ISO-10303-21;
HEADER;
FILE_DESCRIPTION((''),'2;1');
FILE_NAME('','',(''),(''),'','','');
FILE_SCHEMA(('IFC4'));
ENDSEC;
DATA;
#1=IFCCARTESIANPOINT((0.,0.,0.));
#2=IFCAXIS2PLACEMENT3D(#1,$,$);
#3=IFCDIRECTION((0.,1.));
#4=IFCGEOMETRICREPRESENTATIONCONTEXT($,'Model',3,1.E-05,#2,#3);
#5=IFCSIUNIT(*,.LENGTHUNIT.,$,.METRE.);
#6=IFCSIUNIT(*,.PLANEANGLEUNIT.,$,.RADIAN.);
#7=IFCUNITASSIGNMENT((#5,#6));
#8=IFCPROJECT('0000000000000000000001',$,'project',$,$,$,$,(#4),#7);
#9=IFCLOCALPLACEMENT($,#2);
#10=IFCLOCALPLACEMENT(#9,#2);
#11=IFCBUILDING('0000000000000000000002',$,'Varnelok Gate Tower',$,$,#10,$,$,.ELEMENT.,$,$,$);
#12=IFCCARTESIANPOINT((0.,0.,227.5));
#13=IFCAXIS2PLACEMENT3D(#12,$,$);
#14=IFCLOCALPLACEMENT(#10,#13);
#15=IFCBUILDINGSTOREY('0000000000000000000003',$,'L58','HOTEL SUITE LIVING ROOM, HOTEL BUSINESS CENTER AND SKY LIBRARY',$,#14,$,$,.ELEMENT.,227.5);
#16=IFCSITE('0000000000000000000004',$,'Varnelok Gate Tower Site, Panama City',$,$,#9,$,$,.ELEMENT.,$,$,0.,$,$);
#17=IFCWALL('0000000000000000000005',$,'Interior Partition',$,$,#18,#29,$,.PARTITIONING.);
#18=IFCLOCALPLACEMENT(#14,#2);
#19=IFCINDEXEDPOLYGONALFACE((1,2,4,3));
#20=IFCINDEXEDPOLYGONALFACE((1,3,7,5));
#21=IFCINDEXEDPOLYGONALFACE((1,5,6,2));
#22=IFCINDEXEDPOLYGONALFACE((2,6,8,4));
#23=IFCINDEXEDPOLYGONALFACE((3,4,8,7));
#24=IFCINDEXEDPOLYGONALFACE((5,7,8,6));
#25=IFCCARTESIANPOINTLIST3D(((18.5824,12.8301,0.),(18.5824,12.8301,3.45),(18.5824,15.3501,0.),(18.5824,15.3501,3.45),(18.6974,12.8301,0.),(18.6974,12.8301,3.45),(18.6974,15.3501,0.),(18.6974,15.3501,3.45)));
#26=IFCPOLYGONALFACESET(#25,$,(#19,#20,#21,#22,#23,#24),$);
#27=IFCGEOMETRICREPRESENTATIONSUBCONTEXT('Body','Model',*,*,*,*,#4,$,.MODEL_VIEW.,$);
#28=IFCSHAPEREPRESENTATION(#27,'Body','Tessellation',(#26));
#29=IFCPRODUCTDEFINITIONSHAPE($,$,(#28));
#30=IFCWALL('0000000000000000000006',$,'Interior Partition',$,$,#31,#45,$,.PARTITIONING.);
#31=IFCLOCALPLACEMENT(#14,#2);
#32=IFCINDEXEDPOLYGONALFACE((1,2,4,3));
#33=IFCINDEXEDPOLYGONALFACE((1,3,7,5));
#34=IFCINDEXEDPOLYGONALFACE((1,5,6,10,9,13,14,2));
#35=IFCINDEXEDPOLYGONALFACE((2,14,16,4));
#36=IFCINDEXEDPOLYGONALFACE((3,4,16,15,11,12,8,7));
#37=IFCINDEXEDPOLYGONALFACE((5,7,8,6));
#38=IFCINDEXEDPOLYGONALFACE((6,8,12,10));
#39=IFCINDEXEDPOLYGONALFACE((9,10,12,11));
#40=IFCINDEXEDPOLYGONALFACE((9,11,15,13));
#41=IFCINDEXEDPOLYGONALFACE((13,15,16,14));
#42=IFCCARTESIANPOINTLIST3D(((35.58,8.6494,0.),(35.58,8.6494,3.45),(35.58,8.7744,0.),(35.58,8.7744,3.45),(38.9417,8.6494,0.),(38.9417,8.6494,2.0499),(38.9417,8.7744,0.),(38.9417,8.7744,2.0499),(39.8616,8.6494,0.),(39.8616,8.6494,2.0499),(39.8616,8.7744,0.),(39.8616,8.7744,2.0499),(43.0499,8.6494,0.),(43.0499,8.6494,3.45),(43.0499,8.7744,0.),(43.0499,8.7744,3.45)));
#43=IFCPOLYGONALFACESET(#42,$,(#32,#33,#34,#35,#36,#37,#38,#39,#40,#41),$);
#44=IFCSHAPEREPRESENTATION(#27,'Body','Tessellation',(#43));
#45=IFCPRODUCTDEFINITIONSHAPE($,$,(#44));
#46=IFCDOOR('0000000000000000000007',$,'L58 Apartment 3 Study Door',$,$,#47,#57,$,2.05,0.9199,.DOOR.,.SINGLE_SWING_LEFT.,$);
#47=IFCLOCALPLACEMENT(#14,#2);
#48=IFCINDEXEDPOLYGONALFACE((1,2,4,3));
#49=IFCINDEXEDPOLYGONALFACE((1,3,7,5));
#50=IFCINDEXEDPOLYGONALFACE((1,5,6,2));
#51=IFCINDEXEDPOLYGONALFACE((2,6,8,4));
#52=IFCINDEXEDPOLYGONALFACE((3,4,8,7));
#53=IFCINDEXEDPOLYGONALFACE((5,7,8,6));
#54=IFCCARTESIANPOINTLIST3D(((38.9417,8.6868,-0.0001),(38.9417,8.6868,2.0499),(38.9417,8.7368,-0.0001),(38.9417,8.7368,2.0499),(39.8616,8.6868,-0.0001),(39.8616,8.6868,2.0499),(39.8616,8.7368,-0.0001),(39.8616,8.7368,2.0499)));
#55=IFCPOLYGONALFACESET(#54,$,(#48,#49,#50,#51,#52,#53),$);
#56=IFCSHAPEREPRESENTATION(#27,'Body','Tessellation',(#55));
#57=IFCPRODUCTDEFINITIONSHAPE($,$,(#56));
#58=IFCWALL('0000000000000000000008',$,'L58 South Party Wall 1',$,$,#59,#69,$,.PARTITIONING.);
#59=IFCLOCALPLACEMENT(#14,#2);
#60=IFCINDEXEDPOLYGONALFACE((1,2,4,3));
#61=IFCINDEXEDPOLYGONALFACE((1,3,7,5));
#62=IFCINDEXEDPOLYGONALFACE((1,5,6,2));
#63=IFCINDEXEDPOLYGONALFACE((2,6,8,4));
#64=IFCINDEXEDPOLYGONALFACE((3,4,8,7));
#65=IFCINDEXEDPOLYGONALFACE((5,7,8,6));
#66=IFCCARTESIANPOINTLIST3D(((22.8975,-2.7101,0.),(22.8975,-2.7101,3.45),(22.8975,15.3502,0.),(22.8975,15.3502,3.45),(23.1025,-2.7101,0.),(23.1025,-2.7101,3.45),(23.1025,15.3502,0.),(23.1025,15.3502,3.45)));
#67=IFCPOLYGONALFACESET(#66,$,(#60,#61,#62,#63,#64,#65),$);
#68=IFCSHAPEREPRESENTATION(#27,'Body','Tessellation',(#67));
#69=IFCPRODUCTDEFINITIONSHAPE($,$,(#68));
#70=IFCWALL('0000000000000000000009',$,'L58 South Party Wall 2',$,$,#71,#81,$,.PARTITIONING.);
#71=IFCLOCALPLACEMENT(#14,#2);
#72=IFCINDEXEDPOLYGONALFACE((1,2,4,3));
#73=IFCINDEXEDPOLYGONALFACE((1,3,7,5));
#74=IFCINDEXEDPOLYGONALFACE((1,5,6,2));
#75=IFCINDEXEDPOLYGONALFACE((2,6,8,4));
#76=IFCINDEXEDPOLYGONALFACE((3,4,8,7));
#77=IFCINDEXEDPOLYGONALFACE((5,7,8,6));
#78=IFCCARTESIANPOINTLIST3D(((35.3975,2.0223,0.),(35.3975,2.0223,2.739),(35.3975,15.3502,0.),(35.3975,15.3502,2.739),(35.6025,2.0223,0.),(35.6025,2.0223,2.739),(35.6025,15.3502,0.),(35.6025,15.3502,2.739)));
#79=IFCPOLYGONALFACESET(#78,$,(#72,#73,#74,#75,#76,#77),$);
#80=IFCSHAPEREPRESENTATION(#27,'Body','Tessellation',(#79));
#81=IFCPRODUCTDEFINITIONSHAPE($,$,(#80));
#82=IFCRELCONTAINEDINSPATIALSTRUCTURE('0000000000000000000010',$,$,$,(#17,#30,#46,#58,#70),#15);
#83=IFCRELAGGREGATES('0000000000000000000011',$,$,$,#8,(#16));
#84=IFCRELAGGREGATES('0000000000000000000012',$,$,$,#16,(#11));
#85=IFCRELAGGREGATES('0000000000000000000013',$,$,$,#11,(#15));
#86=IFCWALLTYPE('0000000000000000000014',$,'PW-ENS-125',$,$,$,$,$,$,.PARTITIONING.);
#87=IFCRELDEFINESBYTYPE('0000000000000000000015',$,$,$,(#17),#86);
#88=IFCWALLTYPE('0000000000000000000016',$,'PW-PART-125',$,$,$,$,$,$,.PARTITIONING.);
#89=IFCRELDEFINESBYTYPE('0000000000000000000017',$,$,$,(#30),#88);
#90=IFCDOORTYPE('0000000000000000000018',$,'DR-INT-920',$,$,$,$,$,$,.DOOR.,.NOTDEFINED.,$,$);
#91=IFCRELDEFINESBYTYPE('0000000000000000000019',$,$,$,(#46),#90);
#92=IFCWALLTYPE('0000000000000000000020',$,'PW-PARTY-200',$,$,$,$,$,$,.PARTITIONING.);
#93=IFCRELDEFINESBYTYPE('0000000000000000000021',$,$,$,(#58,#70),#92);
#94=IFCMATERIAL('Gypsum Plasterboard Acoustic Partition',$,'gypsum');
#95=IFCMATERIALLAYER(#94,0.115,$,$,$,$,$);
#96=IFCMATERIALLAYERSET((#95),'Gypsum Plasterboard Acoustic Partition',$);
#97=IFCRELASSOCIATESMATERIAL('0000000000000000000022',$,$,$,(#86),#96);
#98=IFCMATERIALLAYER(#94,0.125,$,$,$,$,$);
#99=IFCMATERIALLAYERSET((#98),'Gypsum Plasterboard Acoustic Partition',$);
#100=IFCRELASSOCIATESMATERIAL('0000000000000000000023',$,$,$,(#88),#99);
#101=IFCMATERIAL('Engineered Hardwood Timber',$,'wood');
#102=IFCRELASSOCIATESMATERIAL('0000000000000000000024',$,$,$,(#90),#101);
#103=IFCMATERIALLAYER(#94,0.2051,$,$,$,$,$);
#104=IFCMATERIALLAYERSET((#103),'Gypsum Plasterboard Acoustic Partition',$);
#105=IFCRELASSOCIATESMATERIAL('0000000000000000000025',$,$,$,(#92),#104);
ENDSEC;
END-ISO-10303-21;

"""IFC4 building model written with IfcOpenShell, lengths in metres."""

from ifc_helpers import new_model, si_unit, direction, frame, frame_2d, origin, place, context, subcontext, project, spatial, rectangle, extrude, material, layer, layer_set, type_object, element, fill, save


model = new_model("IFC4")

# Units and contexts
model_context = context("Model", 3, precision=1e-05, world=origin(), true_north=direction((0.0, 1.0)))
body_context = subcontext(model_context, "Body", "Model", "MODEL_VIEW")
ifc_project = project(units=[si_unit("LENGTHUNIT", "METRE"), si_unit("PLANEANGLEUNIT", "RADIAN")], contexts=[model_context])

# Site, building, storey
site_placement = place(None, origin())
site = spatial("IfcSite", under=ifc_project, at=site_placement, Name="Varnelok Gate Tower Site, Panama City", CompositionType="ELEMENT", RefElevation=0.0)
building_placement = place(site_placement, origin())
building = spatial("IfcBuilding", under=site, at=building_placement, Name="Varnelok Gate Tower", CompositionType="ELEMENT")
storey_placement = place(building_placement, frame((0.0, 0.0, 227.5)))
storey = spatial("IfcBuildingStorey", under=building, at=storey_placement, Name="L58", Description="HOTEL SUITE LIVING ROOM, HOTEL BUSINESS CENTER AND SKY LIBRARY", CompositionType="ELEMENT", Elevation=227.5)

# Shared definitions
ifc_material_1 = material(Name="Gypsum Plasterboard Acoustic Partition", Category="gypsum")
ifc_layer_1 = layer(ifc_material_1, 0.115)
ifc_layer_set_1 = layer_set([ifc_layer_1], Name="Gypsum Plasterboard Acoustic Partition")
wall_type_1 = type_object("IfcWallType", Name="PW-ENS-125", PredefinedType="PARTITIONING", material=ifc_layer_set_1)

# Shared definitions
ifc_material_2 = material(Name="Engineered Hardwood Timber", Category="wood")

# Wall
wall_1_placement = place(storey_placement, frame((18.6399, 12.8301, 0.0), z_axis=(0.0, 0.0, 1.0), x_axis=(0.0, 1.0, 0.0)))
element("IfcWall", 1, at=wall_1_placement, inside=storey, type_object=wall_type_1, Name="Interior Partition", PredefinedType="PARTITIONING", context=body_context, shape_type="SweptSolid", body=[
    extrude(rectangle(XDim=2.52, YDim=0.115, at=frame_2d((1.26, 0.0))), origin(), (0.0, 0.0, 1.0), 3.45),
])

# Wall, opening, door
ifc_layer_2 = layer(ifc_material_1, 0.125)
ifc_layer_set_2 = layer_set([ifc_layer_2], Name="Gypsum Plasterboard Acoustic Partition")
wall_type_2 = type_object("IfcWallType", Name="PW-PART-125", PredefinedType="PARTITIONING", material=ifc_layer_set_2)
wall_2_placement = place(storey_placement, frame((35.5801, 8.7119, 0.0), z_axis=(0.0, 0.0, 1.0), x_axis=(1.0, 0.0, 0.0)))
wall_2 = element("IfcWall", 2, at=wall_2_placement, inside=storey, type_object=wall_type_2, Name="Interior Partition", PredefinedType="PARTITIONING", context=body_context, shape_type="SweptSolid", body=[
    extrude(rectangle(XDim=7.47, YDim=0.125, at=frame_2d((3.7349, 0.0))), origin(), (0.0, 0.0, 1.0), 3.45),
])
opening_1_placement = place(wall_2_placement, frame((3.3616, 0.0, 0.0)))
opening_1 = element("IfcOpeningElement", 3, at=opening_1_placement, cuts=wall_2, PredefinedType="OPENING", context=body_context, shape_type="SweptSolid", body=[
    extrude(rectangle(XDim=0.9199, YDim=2.05, at=frame_2d((0.46, 1.0249))), frame((0.0, 0.0725, 0.0), z_axis=(0.0, -1.0, 0.0), x_axis=(1.0, 0.0, 0.0)), (0.0, 0.0, 1.0), 0.145),
])
door_type_1 = type_object("IfcDoorType", Name="DR-INT-920", OperationType="NOTDEFINED", PredefinedType="DOOR", material=ifc_material_2)
door_1_placement = place(opening_1_placement, origin())
door_1 = element("IfcDoor", 4, at=door_1_placement, inside=storey, type_object=door_type_1, Name="L58 Apartment 3 Study Door", OperationType="SINGLE_SWING_LEFT", OverallHeight=2.05, OverallWidth=0.9199, PredefinedType="DOOR", context=body_context, shape_type="SweptSolid", body=[
    extrude(rectangle(XDim=0.9199, YDim=2.05, at=frame_2d((0.46, 1.0249))), frame((0.0, 0.0249, 0.0), z_axis=(0.0, -1.0, 0.0), x_axis=(1.0, 0.0, 0.0)), (0.0, 0.0, 1.0), 0.05),
])
fill(opening_1, door_1)

# Walls
ifc_layer_3 = layer(ifc_material_1, 0.2051)
ifc_layer_set_3 = layer_set([ifc_layer_3], Name="Gypsum Plasterboard Acoustic Partition")
wall_type_3 = type_object("IfcWallType", Name="PW-PARTY-200", PredefinedType="PARTITIONING", material=ifc_layer_set_3)
wall_3_placement = place(storey_placement, frame((23.0, -2.7102, 0.0), z_axis=(0.0, 0.0, 1.0), x_axis=(0.0, 1.0, 0.0)))
element("IfcWall", 5, at=wall_3_placement, inside=storey, type_object=wall_type_3, Name="L58 South Party Wall 1", PredefinedType="PARTITIONING", context=body_context, shape_type="SweptSolid", body=[
    extrude(rectangle(XDim=18.0603, YDim=0.2051, at=frame_2d((9.0303, 0.0))), origin(), (0.0, 0.0, 1.0), 3.45),
])
wall_4_placement = place(storey_placement, frame((35.5, 2.0222, 0.0), z_axis=(0.0, 0.0, 1.0), x_axis=(0.0, 1.0, 0.0)))
element("IfcWall", 6, at=wall_4_placement, inside=storey, type_object=wall_type_3, Name="L58 South Party Wall 2", PredefinedType="PARTITIONING", context=body_context, shape_type="SweptSolid", body=[
    extrude(rectangle(XDim=13.3279, YDim=0.2051, at=frame_2d((6.6641, 0.0))), origin(), (0.0, 0.0, 1.0), 2.739),
])

save(model, "model.ifc")
